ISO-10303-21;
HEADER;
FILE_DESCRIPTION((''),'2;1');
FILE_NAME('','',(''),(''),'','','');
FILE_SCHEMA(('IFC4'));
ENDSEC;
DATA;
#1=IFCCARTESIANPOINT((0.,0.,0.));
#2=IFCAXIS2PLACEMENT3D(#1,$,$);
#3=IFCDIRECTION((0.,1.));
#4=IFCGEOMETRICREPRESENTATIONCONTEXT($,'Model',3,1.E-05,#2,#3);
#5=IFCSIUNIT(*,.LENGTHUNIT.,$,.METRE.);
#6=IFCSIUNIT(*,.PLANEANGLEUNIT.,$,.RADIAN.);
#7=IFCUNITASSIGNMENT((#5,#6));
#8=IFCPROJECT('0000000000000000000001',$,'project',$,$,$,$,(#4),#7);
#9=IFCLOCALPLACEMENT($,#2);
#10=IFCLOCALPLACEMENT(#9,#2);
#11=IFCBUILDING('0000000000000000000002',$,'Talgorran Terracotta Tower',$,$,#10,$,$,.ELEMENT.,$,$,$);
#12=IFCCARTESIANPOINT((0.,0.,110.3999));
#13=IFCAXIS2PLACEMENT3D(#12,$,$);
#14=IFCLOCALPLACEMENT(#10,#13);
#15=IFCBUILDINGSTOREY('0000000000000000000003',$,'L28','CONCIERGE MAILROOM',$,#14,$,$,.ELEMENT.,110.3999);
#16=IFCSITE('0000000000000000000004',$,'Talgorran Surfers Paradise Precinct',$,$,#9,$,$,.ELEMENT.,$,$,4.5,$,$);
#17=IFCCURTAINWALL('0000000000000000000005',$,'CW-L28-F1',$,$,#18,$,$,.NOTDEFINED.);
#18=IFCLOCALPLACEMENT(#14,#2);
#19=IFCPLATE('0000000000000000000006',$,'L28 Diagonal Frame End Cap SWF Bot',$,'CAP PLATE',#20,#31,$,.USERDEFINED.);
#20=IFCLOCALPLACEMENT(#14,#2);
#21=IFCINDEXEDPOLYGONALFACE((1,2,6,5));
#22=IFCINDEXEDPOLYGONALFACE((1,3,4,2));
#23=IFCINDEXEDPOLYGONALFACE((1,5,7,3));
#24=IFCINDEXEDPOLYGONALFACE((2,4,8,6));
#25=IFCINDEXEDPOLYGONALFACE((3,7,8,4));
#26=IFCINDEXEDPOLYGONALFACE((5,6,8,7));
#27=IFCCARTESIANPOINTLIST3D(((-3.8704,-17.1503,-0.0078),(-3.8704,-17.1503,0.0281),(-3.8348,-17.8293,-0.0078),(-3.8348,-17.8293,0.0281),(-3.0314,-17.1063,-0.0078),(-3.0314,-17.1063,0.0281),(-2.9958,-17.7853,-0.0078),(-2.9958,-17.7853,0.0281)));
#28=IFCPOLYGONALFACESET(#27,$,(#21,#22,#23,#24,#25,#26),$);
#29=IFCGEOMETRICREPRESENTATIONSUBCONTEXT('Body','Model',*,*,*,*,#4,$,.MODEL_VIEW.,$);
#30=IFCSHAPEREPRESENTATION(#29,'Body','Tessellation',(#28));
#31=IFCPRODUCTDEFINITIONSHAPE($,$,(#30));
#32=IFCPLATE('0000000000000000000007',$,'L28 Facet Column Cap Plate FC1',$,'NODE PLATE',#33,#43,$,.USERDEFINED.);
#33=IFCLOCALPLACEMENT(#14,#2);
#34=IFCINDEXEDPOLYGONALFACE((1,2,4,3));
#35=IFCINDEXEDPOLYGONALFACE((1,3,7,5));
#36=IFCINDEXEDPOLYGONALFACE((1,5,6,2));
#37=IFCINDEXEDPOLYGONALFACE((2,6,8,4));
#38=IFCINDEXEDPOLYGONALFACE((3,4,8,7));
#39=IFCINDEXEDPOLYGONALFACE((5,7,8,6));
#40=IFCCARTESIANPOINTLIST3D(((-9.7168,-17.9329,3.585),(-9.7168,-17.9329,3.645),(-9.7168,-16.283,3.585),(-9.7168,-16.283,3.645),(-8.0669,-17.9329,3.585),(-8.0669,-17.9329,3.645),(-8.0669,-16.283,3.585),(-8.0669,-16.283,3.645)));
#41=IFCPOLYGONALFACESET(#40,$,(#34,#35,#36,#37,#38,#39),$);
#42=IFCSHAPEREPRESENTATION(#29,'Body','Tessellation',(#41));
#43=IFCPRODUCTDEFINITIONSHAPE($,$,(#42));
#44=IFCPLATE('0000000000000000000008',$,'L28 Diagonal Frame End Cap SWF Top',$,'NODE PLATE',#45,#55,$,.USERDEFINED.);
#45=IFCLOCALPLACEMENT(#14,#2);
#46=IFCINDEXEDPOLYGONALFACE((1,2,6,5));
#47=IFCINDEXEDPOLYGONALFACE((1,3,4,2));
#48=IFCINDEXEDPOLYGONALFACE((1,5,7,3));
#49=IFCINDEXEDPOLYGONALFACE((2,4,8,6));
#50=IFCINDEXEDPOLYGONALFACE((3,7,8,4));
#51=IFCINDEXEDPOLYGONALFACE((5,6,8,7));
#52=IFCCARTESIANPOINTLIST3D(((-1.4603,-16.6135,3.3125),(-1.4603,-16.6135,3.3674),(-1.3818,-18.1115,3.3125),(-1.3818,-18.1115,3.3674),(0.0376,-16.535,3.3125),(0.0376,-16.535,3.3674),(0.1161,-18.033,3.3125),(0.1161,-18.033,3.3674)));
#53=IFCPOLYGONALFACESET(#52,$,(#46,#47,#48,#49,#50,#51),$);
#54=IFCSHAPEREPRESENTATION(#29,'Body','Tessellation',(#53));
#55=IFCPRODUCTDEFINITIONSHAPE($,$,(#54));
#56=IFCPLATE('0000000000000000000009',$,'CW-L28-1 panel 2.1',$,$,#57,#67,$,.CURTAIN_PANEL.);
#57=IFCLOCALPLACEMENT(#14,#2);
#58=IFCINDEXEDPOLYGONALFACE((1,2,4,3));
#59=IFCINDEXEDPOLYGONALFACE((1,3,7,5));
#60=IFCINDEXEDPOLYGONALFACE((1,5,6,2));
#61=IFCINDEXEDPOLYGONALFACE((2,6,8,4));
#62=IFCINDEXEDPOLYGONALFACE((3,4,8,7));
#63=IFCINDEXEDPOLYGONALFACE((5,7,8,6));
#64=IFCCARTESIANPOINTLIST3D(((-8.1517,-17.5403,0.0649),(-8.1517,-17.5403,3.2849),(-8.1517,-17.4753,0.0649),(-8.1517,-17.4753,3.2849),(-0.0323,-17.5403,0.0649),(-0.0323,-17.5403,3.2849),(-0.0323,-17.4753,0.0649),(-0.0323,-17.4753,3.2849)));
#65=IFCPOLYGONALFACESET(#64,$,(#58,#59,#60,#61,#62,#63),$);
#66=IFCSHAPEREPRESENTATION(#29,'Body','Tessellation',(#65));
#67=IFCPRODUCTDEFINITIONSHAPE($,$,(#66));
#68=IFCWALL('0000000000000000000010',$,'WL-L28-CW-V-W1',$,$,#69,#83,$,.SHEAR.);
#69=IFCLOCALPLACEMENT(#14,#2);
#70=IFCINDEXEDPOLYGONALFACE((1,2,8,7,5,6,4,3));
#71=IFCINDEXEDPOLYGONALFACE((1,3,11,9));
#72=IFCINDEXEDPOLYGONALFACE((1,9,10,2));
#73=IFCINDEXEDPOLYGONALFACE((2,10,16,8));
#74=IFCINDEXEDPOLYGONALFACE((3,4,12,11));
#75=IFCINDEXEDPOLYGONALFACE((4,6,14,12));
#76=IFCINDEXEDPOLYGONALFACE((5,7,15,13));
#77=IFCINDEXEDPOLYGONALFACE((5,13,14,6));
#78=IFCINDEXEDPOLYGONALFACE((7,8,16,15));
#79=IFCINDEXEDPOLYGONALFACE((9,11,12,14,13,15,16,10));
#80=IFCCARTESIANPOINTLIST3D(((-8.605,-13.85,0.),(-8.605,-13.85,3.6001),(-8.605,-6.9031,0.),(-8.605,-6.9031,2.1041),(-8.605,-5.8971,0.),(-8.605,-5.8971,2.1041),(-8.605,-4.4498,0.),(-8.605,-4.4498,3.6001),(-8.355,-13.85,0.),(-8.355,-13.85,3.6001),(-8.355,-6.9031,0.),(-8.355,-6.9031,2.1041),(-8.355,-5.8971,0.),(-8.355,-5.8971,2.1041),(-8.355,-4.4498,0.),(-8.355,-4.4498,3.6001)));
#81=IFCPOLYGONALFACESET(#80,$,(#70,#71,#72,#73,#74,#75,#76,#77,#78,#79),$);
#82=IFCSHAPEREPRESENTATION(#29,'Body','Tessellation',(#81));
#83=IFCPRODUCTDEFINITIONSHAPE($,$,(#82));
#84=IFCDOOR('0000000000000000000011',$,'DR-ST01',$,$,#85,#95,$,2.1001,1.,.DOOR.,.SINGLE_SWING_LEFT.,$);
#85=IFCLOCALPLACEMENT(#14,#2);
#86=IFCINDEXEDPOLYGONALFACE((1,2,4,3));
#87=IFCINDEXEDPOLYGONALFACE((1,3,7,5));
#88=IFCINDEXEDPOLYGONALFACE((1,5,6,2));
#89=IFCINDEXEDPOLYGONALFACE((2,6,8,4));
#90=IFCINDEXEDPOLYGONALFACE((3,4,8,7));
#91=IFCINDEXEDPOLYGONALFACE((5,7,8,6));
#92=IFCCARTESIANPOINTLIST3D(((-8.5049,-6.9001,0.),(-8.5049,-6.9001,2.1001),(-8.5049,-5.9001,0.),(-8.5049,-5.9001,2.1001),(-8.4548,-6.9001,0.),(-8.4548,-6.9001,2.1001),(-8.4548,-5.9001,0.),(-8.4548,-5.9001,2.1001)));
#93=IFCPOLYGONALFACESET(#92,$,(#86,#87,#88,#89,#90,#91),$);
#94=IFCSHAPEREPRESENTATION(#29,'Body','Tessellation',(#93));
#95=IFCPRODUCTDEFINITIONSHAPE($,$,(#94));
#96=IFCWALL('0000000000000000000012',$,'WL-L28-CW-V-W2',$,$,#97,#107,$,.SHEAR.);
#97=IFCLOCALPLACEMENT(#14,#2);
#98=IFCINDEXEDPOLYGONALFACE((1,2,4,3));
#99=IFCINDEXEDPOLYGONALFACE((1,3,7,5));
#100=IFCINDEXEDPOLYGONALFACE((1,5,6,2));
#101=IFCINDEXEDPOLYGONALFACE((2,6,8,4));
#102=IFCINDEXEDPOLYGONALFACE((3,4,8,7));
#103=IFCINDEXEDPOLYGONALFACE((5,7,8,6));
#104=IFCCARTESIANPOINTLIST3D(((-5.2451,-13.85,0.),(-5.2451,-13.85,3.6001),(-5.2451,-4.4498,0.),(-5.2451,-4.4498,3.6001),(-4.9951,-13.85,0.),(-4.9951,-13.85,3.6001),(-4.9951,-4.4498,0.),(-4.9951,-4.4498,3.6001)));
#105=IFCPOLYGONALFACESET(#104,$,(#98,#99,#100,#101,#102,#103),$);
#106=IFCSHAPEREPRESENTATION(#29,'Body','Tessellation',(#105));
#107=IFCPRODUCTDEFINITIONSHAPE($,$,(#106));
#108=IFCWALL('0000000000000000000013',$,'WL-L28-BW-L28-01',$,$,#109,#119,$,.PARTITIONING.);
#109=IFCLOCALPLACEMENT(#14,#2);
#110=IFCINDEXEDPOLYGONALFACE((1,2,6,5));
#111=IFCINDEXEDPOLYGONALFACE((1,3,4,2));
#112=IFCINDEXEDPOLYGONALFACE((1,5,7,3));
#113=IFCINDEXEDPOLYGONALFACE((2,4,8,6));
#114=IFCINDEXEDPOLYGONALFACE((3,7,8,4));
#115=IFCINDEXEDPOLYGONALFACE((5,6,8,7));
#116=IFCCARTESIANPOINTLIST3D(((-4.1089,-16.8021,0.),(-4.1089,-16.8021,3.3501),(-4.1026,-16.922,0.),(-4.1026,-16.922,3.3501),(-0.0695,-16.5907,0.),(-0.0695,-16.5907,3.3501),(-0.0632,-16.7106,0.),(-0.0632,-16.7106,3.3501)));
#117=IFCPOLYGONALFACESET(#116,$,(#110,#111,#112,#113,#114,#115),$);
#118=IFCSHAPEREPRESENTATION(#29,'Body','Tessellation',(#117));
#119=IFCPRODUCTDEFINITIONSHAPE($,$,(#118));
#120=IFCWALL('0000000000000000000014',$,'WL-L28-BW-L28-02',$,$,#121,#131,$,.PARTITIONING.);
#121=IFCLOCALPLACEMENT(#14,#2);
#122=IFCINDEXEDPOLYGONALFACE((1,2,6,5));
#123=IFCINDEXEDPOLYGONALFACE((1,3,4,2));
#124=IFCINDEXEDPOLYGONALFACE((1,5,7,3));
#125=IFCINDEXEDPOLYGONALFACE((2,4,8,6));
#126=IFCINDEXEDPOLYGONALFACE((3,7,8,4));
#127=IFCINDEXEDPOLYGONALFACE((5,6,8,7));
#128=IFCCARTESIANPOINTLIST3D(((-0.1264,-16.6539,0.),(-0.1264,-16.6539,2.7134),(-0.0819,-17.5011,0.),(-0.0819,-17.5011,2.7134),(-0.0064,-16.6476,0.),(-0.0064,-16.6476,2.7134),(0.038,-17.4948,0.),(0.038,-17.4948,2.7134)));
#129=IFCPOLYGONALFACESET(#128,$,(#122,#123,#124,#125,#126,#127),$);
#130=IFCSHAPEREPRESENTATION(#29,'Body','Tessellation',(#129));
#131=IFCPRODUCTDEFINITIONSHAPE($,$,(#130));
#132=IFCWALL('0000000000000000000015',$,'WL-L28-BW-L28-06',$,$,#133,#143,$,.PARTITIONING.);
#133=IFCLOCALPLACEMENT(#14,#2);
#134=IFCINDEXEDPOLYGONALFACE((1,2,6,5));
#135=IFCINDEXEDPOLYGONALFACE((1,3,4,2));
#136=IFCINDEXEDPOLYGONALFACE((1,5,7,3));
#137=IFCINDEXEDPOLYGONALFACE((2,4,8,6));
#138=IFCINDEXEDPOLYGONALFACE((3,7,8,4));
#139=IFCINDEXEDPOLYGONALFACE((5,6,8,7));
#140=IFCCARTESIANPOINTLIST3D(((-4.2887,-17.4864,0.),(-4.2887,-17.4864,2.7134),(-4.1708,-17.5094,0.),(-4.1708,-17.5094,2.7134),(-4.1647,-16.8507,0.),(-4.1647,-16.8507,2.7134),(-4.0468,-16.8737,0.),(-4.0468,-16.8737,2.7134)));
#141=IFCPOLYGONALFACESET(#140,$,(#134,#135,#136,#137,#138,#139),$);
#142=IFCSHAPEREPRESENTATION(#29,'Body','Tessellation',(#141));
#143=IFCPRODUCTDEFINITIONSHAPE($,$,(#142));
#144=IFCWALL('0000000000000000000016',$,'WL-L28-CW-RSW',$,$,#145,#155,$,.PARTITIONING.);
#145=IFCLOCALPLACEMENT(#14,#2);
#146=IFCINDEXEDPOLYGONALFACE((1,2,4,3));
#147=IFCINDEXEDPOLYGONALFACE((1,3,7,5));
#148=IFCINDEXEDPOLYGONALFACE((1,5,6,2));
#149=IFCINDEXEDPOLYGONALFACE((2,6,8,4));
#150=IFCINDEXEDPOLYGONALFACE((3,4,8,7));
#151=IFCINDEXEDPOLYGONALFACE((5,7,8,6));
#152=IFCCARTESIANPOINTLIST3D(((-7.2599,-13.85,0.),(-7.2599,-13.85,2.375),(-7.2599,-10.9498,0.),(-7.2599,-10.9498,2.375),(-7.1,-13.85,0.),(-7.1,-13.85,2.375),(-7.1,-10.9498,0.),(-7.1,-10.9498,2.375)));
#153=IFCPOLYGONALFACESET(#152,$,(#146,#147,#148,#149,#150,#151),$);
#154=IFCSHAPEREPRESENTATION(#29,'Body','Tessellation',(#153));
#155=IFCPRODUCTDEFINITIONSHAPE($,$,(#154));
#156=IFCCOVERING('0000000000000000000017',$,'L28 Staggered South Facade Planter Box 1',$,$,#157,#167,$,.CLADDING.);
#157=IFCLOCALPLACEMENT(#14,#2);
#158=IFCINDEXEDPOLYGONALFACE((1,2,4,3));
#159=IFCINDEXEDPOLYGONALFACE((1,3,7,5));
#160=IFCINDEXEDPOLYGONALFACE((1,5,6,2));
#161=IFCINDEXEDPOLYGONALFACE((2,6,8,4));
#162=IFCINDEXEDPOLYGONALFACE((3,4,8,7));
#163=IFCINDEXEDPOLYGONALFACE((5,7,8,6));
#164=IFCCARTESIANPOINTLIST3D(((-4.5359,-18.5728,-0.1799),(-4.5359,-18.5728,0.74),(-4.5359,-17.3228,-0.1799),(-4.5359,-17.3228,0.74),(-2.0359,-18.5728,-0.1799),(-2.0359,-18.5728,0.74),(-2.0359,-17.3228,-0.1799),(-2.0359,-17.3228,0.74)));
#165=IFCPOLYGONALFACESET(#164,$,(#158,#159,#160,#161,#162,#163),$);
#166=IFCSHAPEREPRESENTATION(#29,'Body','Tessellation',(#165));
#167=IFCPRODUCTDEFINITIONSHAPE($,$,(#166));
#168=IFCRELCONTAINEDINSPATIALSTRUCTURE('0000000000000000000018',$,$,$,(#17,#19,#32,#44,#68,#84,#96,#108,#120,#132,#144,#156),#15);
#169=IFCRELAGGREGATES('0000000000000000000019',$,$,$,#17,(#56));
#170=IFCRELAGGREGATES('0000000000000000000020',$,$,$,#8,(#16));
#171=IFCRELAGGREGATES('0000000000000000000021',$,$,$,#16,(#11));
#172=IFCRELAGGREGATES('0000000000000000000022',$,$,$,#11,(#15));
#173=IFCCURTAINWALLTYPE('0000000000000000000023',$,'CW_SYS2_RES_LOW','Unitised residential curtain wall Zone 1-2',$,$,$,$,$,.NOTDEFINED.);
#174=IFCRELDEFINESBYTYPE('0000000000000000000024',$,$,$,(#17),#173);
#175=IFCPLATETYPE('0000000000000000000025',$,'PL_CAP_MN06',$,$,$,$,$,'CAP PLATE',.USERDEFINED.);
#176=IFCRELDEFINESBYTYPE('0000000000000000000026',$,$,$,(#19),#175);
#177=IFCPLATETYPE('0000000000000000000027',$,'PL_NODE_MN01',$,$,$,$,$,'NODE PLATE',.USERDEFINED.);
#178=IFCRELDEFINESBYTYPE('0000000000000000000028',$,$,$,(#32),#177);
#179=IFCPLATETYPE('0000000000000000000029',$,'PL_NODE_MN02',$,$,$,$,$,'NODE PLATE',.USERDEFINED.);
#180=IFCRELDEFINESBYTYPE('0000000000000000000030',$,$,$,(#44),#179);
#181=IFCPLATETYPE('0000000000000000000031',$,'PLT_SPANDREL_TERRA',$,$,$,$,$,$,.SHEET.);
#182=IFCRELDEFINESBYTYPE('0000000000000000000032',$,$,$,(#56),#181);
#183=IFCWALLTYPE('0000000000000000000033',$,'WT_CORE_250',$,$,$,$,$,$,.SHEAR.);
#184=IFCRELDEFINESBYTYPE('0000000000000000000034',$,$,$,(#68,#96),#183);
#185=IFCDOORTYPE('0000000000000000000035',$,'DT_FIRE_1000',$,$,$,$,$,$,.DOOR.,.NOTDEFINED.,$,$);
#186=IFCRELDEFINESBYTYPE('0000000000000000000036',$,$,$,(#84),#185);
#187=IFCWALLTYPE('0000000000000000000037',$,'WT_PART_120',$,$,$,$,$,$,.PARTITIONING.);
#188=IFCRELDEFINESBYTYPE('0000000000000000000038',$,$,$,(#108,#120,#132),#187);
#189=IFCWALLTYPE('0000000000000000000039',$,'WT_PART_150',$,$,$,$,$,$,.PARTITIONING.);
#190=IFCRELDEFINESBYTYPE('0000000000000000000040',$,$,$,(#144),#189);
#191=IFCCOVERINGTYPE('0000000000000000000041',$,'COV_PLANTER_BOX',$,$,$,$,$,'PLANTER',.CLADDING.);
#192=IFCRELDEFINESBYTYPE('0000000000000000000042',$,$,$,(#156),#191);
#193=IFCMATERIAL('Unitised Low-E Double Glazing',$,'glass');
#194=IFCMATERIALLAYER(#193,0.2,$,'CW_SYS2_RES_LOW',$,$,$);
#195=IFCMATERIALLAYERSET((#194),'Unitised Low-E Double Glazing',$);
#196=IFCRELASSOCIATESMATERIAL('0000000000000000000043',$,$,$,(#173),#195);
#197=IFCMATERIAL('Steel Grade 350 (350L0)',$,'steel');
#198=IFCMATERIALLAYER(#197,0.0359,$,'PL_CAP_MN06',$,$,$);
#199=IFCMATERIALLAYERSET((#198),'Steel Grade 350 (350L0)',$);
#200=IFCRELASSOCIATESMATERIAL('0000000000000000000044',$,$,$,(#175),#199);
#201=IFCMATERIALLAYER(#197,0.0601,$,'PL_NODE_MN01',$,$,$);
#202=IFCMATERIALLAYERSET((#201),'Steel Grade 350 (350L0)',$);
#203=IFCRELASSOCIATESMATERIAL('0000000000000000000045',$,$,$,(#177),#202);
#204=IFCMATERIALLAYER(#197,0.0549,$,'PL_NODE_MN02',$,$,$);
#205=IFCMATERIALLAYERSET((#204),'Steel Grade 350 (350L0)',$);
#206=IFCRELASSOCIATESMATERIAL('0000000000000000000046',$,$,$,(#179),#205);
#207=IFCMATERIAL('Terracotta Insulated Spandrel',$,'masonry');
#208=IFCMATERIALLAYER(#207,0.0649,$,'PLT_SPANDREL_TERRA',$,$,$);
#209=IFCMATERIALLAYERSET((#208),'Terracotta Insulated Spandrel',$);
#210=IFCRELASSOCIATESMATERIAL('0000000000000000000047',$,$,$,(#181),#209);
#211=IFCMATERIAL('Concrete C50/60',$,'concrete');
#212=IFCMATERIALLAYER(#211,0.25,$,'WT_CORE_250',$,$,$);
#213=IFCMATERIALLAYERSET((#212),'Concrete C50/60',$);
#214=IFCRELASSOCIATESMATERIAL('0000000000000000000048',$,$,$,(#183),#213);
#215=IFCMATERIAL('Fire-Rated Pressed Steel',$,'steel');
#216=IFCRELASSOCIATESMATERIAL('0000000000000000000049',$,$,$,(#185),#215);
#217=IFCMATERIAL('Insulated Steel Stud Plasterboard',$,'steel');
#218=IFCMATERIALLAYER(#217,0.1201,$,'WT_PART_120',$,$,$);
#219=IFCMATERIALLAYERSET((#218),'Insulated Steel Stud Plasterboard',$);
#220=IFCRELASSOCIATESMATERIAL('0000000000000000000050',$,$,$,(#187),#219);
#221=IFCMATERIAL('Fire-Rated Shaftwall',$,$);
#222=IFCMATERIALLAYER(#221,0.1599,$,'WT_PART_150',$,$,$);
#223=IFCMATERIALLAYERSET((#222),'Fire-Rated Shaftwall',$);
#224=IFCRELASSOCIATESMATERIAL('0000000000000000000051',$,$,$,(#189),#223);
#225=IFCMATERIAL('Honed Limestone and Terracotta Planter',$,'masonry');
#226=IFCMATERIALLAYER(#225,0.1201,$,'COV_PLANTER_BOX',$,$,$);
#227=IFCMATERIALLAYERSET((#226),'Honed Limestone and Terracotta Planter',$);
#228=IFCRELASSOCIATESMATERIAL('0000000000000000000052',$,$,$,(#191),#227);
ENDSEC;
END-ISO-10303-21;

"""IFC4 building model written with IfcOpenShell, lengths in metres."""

from ifc_helpers import new_model, si_unit, direction, frame, frame_2d, origin, origin_2d, place, context, subcontext, project, spatial, rectangle, extrude, source, transform, mapped, material, layer, layer_set, type_object, type_shapes, element, fill, aggregate, save


model = new_model("IFC4")

# Units and contexts
model_context = context("Model", 3, precision=1e-05, world=origin(), true_north=direction((0.0, 1.0)))
body_context = subcontext(model_context, "Body", "Model", "MODEL_VIEW")
ifc_project = project(units=[si_unit("LENGTHUNIT", "METRE"), si_unit("PLANEANGLEUNIT", "RADIAN")], contexts=[model_context])

# Site, building, storey
site_placement = place(None, origin())
site = spatial("IfcSite", under=ifc_project, at=site_placement, Name="Talgorran Surfers Paradise Precinct", CompositionType="ELEMENT", RefElevation=4.5)
building_placement = place(site_placement, origin())
building = spatial("IfcBuilding", under=site, at=building_placement, Name="Talgorran Terracotta Tower", CompositionType="ELEMENT")
storey_placement = place(building_placement, frame((0.0, 0.0, 110.3999)))
storey = spatial("IfcBuildingStorey", under=building, at=storey_placement, Name="L28", Description="CONCIERGE MAILROOM", CompositionType="ELEMENT", Elevation=110.3999)

# Shared definitions
ifc_material_1 = material(Name="Steel Grade 350 (350L0)", Category="steel")

# Curtain wall
ifc_material_2 = material(Name="Unitised Low-E Double Glazing", Category="glass")
ifc_layer_1 = layer(ifc_material_2, 0.2, Name="CW_SYS2_RES_LOW")
ifc_layer_set_1 = layer_set([ifc_layer_1], Name="Unitised Low-E Double Glazing")
curtain_wall_type = type_object("IfcCurtainWallType", Name="CW_SYS2_RES_LOW", Description="Unitised residential curtain wall Zone 1-2", PredefinedType="NOTDEFINED", material=ifc_layer_set_1)
curtain_wall_placement = place(storey_placement, origin())
curtain_wall = element("IfcCurtainWall", 1, at=curtain_wall_placement, inside=storey, type_object=curtain_wall_type, Name="CW-L28-F1", PredefinedType="NOTDEFINED")

# Plates
ifc_layer_2 = layer(ifc_material_1, 0.0359, Name="PL_CAP_MN06")
ifc_layer_set_2 = layer_set([ifc_layer_2], Name="Steel Grade 350 (350L0)")
plate_type_1 = type_object("IfcPlateType", Name="PL_CAP_MN06", ElementType="CAP PLATE", PredefinedType="USERDEFINED", material=ifc_layer_set_2)
plate_1_placement = place(storey_placement, frame((-3.4331, -17.4678, -0.0078), z_axis=(0.0, 0.0, 1.0), x_axis=(0.99863, 0.052336, 0.0)))
element("IfcPlate", 2, at=plate_1_placement, inside=storey, type_object=plate_type_1, Name="L28 Diagonal Frame End Cap SWF Bot", ObjectType="CAP PLATE", PredefinedType="USERDEFINED", context=body_context, shape_type="SweptSolid", body=[
    extrude(rectangle(XDim=0.8401, YDim=0.6799, at=origin_2d()), origin(), (0.0, 0.0, 1.0), 0.0359),
])
ifc_layer_3 = layer(ifc_material_1, 0.0601, Name="PL_NODE_MN01")
ifc_layer_set_3 = layer_set([ifc_layer_3], Name="Steel Grade 350 (350L0)")
plate_type_2 = type_object("IfcPlateType", Name="PL_NODE_MN01", ElementType="NODE PLATE", PredefinedType="USERDEFINED", material=ifc_layer_set_3)
plate_2_placement = place(storey_placement, frame((-8.8918, -17.1079, 3.585), z_axis=(0.0, 0.0, 1.0), x_axis=(1.0, 0.0, 0.0)))
element("IfcPlate", 3, at=plate_2_placement, inside=storey, type_object=plate_type_2, Name="L28 Facet Column Cap Plate FC1", ObjectType="NODE PLATE", PredefinedType="USERDEFINED", context=body_context, shape_type="SweptSolid", body=[
    extrude(rectangle(XDim=1.6499, YDim=1.6499, at=origin_2d()), origin(), (0.0, 0.0, 1.0), 0.0601),
])
ifc_layer_4 = layer(ifc_material_1, 0.0549, Name="PL_NODE_MN02")
ifc_layer_set_4 = layer_set([ifc_layer_4], Name="Steel Grade 350 (350L0)")
plate_type_3 = type_object("IfcPlateType", Name="PL_NODE_MN02", ElementType="NODE PLATE", PredefinedType="USERDEFINED", material=ifc_layer_set_4)
plate_3_placement = place(storey_placement, frame((-0.6721, -17.3232, 3.3125), z_axis=(0.0, 0.0, 1.0), x_axis=(0.99863, 0.052336, 0.0)))
element("IfcPlate", 4, at=plate_3_placement, inside=storey, type_object=plate_type_3, Name="L28 Diagonal Frame End Cap SWF Top", ObjectType="NODE PLATE", PredefinedType="USERDEFINED", context=body_context, shape_type="SweptSolid", body=[
    extrude(rectangle(XDim=1.5, YDim=1.5, at=origin_2d()), origin(), (0.0, 0.0, 1.0), 0.0549),
])

# Plate
ifc_material_3 = material(Name="Terracotta Insulated Spandrel", Category="masonry")
ifc_layer_5 = layer(ifc_material_3, 0.0649, Name="PLT_SPANDREL_TERRA")
ifc_layer_set_5 = layer_set([ifc_layer_5], Name="Terracotta Insulated Spandrel")
plate_type_4 = type_object("IfcPlateType", Name="PLT_SPANDREL_TERRA", PredefinedType="SHEET", material=ifc_layer_set_5)
shared_shape = source(origin(), body_context, "Body", "SweptSolid", [
    extrude(rectangle(XDim=8.1194, YDim=0.0649, at=origin_2d()), origin(), (0.0, 0.0, 1.0), 3.22),
])
type_shapes(plate_type_4, [shared_shape])
plate_4_placement = place(storey_placement, frame((-4.092, -17.5078, 0.0649), z_axis=(0.0, 0.0, 1.0), x_axis=(1.0, 0.0, 0.0)))
plate_4 = element("IfcPlate", 5, at=plate_4_placement, type_object=plate_type_4, Name="CW-L28-1 panel 2.1", PredefinedType="CURTAIN_PANEL", context=body_context, shape_type="MappedRepresentation", body=[
    mapped(shared_shape, transform((0.0, 0.0, 0.0), scale=1.0)),
])
aggregate(curtain_wall, [plate_4])

# Wall, opening, door
ifc_material_4 = material(Name="Concrete C50/60", Category="concrete")
ifc_layer_6 = layer(ifc_material_4, 0.25, Name="WT_CORE_250")
ifc_layer_set_6 = layer_set([ifc_layer_6], Name="Concrete C50/60")
wall_type_1 = type_object("IfcWallType", Name="WT_CORE_250", PredefinedType="SHEAR", material=ifc_layer_set_6)
wall_1_placement = place(storey_placement, frame((-8.48, -13.8501, 0.0), z_axis=(0.0, 0.0, 1.0), x_axis=(0.0, 1.0, 0.0)))
wall_1 = element("IfcWall", 6, at=wall_1_placement, inside=storey, type_object=wall_type_1, Name="WL-L28-CW-V-W1", PredefinedType="SHEAR", context=body_context, shape_type="SweptSolid", body=[
    extrude(rectangle(XDim=9.4001, YDim=0.25, at=frame_2d((4.7002, 0.0))), origin(), (0.0, 0.0, 1.0), 3.6001),
])
opening_placement = place(wall_1_placement, frame((6.95, 0.0, 0.0)))
opening = element("IfcOpeningElement", 7, at=opening_placement, cuts=wall_1, PredefinedType="OPENING", context=body_context, shape_type="SweptSolid", body=[
    extrude(rectangle(XDim=1.006, YDim=2.1041, at=frame_2d((0.5, 1.052))), frame((0.0, 0.135, 0.0), z_axis=(0.0, -1.0, 0.0), x_axis=(1.0, 0.0, 0.0)), (0.0, 0.0, 1.0), 0.27),
])
ifc_material_5 = material(Name="Fire-Rated Pressed Steel", Category="steel")
door_type = type_object("IfcDoorType", Name="DT_FIRE_1000", OperationType="NOTDEFINED", PredefinedType="DOOR", material=ifc_material_5)
door_placement = place(opening_placement, origin())
door = element("IfcDoor", 8, at=door_placement, inside=storey, type_object=door_type, Name="DR-ST01", OperationType="SINGLE_SWING_LEFT", OverallHeight=2.1001, OverallWidth=1.0, PredefinedType="DOOR", context=body_context, shape_type="SweptSolid", body=[
    extrude(rectangle(XDim=1.0, YDim=2.1001, at=frame_2d((0.5, 1.05))), frame((0.0, 0.0249, 0.0), z_axis=(0.0, -1.0, 0.0), x_axis=(1.0, 0.0, 0.0)), (0.0, 0.0, 1.0), 0.05),
])
fill(opening, door)

# Walls
wall_2_placement = place(storey_placement, frame((-5.1201, -13.8501, 0.0), z_axis=(0.0, 0.0, 1.0), x_axis=(0.0, 1.0, 0.0)))
element("IfcWall", 9, at=wall_2_placement, inside=storey, type_object=wall_type_1, Name="WL-L28-CW-V-W2", PredefinedType="SHEAR", context=body_context, shape_type="SweptSolid", body=[
    extrude(rectangle(XDim=9.4001, YDim=0.25, at=frame_2d((4.7002, 0.0))), origin(), (0.0, 0.0, 1.0), 3.6001),
])
ifc_material_6 = material(Name="Insulated Steel Stud Plasterboard", Category="steel")
ifc_layer_7 = layer(ifc_material_6, 0.1201, Name="WT_PART_120")
ifc_layer_set_7 = layer_set([ifc_layer_7], Name="Insulated Steel Stud Plasterboard")
wall_type_2 = type_object("IfcWallType", Name="WT_PART_120", PredefinedType="PARTITIONING", material=ifc_layer_set_7)
wall_3_placement = place(storey_placement, frame((-4.1057, -16.8621, 0.0), z_axis=(0.0, 0.0, 1.0), x_axis=(0.998633, 0.052271, 0.0)))
element("IfcWall", 10, at=wall_3_placement, inside=storey, type_object=wall_type_2, Name="WL-L28-BW-L28-01", PredefinedType="PARTITIONING", context=body_context, shape_type="SweptSolid", body=[
    extrude(rectangle(XDim=4.0449, YDim=0.1201, at=frame_2d((2.0225, 0.0))), origin(), (0.0, 0.0, 1.0), 3.3501),
])
wall_4_placement = place(storey_placement, frame((-0.0664, -16.6506, 0.0), z_axis=(0.0, 0.0, 1.0), x_axis=(0.052378, -0.998627, 0.0)))
element("IfcWall", 11, at=wall_4_placement, inside=storey, type_object=wall_type_2, Name="WL-L28-BW-L28-02", PredefinedType="PARTITIONING", context=body_context, shape_type="SweptSolid", body=[
    extrude(rectangle(XDim=0.8484, YDim=0.1201, at=frame_2d((0.4243, 0.0))), origin(), (0.0, 0.0, 1.0), 2.7134),
])
wall_5_placement = place(storey_placement, frame((-4.2297, -17.4978, 0.0), z_axis=(0.0, 0.0, 1.0), x_axis=(0.191475, 0.981498, 0.0)))
element("IfcWall", 12, at=wall_5_placement, inside=storey, type_object=wall_type_2, Name="WL-L28-BW-L28-06", PredefinedType="PARTITIONING", context=body_context, shape_type="SweptSolid", body=[
    extrude(rectangle(XDim=0.6477, YDim=0.1201, at=frame_2d((0.3237, 0.0))), origin(), (0.0, 0.0, 1.0), 2.7134),
])
ifc_material_7 = material(Name="Fire-Rated Shaftwall")
ifc_layer_8 = layer(ifc_material_7, 0.1599, Name="WT_PART_150")
ifc_layer_set_8 = layer_set([ifc_layer_8], Name="Fire-Rated Shaftwall")
wall_type_3 = type_object("IfcWallType", Name="WT_PART_150", PredefinedType="PARTITIONING", material=ifc_layer_set_8)
wall_6_placement = place(storey_placement, frame((-7.1799, -13.8501, 0.0), z_axis=(0.0, 0.0, 1.0), x_axis=(0.0, 1.0, 0.0)))
element("IfcWall", 13, at=wall_6_placement, inside=storey, type_object=wall_type_3, Name="WL-L28-CW-RSW", PredefinedType="PARTITIONING", context=body_context, shape_type="SweptSolid", body=[
    extrude(rectangle(XDim=2.9001, YDim=0.1599, at=frame_2d((1.4502, 0.0))), origin(), (0.0, 0.0, 1.0), 2.375),
])

# Covering
ifc_material_8 = material(Name="Honed Limestone and Terracotta Planter", Category="masonry")
ifc_layer_9 = layer(ifc_material_8, 0.1201, Name="COV_PLANTER_BOX")
ifc_layer_set_9 = layer_set([ifc_layer_9], Name="Honed Limestone and Terracotta Planter")
covering_type_1 = type_object("IfcCoveringType", Name="COV_PLANTER_BOX", ElementType="PLANTER", PredefinedType="CLADDING", material=ifc_layer_set_9)
covering_1_placement = place(storey_placement, frame((-3.2859, -17.9478, -0.1799), z_axis=(0.0, 0.0, 1.0), x_axis=(1.0, 0.0, 0.0)))
element("IfcCovering", 14, at=covering_1_placement, inside=storey, type_object=covering_type_1, Name="L28 Staggered South Facade Planter Box 1", PredefinedType="CLADDING", context=body_context, shape_type="SweptSolid", body=[
    extrude(rectangle(XDim=2.5, YDim=1.25, at=origin_2d()), origin(), (0.0, 0.0, 1.0), 0.9199),
])

save(model, "model.ifc")
